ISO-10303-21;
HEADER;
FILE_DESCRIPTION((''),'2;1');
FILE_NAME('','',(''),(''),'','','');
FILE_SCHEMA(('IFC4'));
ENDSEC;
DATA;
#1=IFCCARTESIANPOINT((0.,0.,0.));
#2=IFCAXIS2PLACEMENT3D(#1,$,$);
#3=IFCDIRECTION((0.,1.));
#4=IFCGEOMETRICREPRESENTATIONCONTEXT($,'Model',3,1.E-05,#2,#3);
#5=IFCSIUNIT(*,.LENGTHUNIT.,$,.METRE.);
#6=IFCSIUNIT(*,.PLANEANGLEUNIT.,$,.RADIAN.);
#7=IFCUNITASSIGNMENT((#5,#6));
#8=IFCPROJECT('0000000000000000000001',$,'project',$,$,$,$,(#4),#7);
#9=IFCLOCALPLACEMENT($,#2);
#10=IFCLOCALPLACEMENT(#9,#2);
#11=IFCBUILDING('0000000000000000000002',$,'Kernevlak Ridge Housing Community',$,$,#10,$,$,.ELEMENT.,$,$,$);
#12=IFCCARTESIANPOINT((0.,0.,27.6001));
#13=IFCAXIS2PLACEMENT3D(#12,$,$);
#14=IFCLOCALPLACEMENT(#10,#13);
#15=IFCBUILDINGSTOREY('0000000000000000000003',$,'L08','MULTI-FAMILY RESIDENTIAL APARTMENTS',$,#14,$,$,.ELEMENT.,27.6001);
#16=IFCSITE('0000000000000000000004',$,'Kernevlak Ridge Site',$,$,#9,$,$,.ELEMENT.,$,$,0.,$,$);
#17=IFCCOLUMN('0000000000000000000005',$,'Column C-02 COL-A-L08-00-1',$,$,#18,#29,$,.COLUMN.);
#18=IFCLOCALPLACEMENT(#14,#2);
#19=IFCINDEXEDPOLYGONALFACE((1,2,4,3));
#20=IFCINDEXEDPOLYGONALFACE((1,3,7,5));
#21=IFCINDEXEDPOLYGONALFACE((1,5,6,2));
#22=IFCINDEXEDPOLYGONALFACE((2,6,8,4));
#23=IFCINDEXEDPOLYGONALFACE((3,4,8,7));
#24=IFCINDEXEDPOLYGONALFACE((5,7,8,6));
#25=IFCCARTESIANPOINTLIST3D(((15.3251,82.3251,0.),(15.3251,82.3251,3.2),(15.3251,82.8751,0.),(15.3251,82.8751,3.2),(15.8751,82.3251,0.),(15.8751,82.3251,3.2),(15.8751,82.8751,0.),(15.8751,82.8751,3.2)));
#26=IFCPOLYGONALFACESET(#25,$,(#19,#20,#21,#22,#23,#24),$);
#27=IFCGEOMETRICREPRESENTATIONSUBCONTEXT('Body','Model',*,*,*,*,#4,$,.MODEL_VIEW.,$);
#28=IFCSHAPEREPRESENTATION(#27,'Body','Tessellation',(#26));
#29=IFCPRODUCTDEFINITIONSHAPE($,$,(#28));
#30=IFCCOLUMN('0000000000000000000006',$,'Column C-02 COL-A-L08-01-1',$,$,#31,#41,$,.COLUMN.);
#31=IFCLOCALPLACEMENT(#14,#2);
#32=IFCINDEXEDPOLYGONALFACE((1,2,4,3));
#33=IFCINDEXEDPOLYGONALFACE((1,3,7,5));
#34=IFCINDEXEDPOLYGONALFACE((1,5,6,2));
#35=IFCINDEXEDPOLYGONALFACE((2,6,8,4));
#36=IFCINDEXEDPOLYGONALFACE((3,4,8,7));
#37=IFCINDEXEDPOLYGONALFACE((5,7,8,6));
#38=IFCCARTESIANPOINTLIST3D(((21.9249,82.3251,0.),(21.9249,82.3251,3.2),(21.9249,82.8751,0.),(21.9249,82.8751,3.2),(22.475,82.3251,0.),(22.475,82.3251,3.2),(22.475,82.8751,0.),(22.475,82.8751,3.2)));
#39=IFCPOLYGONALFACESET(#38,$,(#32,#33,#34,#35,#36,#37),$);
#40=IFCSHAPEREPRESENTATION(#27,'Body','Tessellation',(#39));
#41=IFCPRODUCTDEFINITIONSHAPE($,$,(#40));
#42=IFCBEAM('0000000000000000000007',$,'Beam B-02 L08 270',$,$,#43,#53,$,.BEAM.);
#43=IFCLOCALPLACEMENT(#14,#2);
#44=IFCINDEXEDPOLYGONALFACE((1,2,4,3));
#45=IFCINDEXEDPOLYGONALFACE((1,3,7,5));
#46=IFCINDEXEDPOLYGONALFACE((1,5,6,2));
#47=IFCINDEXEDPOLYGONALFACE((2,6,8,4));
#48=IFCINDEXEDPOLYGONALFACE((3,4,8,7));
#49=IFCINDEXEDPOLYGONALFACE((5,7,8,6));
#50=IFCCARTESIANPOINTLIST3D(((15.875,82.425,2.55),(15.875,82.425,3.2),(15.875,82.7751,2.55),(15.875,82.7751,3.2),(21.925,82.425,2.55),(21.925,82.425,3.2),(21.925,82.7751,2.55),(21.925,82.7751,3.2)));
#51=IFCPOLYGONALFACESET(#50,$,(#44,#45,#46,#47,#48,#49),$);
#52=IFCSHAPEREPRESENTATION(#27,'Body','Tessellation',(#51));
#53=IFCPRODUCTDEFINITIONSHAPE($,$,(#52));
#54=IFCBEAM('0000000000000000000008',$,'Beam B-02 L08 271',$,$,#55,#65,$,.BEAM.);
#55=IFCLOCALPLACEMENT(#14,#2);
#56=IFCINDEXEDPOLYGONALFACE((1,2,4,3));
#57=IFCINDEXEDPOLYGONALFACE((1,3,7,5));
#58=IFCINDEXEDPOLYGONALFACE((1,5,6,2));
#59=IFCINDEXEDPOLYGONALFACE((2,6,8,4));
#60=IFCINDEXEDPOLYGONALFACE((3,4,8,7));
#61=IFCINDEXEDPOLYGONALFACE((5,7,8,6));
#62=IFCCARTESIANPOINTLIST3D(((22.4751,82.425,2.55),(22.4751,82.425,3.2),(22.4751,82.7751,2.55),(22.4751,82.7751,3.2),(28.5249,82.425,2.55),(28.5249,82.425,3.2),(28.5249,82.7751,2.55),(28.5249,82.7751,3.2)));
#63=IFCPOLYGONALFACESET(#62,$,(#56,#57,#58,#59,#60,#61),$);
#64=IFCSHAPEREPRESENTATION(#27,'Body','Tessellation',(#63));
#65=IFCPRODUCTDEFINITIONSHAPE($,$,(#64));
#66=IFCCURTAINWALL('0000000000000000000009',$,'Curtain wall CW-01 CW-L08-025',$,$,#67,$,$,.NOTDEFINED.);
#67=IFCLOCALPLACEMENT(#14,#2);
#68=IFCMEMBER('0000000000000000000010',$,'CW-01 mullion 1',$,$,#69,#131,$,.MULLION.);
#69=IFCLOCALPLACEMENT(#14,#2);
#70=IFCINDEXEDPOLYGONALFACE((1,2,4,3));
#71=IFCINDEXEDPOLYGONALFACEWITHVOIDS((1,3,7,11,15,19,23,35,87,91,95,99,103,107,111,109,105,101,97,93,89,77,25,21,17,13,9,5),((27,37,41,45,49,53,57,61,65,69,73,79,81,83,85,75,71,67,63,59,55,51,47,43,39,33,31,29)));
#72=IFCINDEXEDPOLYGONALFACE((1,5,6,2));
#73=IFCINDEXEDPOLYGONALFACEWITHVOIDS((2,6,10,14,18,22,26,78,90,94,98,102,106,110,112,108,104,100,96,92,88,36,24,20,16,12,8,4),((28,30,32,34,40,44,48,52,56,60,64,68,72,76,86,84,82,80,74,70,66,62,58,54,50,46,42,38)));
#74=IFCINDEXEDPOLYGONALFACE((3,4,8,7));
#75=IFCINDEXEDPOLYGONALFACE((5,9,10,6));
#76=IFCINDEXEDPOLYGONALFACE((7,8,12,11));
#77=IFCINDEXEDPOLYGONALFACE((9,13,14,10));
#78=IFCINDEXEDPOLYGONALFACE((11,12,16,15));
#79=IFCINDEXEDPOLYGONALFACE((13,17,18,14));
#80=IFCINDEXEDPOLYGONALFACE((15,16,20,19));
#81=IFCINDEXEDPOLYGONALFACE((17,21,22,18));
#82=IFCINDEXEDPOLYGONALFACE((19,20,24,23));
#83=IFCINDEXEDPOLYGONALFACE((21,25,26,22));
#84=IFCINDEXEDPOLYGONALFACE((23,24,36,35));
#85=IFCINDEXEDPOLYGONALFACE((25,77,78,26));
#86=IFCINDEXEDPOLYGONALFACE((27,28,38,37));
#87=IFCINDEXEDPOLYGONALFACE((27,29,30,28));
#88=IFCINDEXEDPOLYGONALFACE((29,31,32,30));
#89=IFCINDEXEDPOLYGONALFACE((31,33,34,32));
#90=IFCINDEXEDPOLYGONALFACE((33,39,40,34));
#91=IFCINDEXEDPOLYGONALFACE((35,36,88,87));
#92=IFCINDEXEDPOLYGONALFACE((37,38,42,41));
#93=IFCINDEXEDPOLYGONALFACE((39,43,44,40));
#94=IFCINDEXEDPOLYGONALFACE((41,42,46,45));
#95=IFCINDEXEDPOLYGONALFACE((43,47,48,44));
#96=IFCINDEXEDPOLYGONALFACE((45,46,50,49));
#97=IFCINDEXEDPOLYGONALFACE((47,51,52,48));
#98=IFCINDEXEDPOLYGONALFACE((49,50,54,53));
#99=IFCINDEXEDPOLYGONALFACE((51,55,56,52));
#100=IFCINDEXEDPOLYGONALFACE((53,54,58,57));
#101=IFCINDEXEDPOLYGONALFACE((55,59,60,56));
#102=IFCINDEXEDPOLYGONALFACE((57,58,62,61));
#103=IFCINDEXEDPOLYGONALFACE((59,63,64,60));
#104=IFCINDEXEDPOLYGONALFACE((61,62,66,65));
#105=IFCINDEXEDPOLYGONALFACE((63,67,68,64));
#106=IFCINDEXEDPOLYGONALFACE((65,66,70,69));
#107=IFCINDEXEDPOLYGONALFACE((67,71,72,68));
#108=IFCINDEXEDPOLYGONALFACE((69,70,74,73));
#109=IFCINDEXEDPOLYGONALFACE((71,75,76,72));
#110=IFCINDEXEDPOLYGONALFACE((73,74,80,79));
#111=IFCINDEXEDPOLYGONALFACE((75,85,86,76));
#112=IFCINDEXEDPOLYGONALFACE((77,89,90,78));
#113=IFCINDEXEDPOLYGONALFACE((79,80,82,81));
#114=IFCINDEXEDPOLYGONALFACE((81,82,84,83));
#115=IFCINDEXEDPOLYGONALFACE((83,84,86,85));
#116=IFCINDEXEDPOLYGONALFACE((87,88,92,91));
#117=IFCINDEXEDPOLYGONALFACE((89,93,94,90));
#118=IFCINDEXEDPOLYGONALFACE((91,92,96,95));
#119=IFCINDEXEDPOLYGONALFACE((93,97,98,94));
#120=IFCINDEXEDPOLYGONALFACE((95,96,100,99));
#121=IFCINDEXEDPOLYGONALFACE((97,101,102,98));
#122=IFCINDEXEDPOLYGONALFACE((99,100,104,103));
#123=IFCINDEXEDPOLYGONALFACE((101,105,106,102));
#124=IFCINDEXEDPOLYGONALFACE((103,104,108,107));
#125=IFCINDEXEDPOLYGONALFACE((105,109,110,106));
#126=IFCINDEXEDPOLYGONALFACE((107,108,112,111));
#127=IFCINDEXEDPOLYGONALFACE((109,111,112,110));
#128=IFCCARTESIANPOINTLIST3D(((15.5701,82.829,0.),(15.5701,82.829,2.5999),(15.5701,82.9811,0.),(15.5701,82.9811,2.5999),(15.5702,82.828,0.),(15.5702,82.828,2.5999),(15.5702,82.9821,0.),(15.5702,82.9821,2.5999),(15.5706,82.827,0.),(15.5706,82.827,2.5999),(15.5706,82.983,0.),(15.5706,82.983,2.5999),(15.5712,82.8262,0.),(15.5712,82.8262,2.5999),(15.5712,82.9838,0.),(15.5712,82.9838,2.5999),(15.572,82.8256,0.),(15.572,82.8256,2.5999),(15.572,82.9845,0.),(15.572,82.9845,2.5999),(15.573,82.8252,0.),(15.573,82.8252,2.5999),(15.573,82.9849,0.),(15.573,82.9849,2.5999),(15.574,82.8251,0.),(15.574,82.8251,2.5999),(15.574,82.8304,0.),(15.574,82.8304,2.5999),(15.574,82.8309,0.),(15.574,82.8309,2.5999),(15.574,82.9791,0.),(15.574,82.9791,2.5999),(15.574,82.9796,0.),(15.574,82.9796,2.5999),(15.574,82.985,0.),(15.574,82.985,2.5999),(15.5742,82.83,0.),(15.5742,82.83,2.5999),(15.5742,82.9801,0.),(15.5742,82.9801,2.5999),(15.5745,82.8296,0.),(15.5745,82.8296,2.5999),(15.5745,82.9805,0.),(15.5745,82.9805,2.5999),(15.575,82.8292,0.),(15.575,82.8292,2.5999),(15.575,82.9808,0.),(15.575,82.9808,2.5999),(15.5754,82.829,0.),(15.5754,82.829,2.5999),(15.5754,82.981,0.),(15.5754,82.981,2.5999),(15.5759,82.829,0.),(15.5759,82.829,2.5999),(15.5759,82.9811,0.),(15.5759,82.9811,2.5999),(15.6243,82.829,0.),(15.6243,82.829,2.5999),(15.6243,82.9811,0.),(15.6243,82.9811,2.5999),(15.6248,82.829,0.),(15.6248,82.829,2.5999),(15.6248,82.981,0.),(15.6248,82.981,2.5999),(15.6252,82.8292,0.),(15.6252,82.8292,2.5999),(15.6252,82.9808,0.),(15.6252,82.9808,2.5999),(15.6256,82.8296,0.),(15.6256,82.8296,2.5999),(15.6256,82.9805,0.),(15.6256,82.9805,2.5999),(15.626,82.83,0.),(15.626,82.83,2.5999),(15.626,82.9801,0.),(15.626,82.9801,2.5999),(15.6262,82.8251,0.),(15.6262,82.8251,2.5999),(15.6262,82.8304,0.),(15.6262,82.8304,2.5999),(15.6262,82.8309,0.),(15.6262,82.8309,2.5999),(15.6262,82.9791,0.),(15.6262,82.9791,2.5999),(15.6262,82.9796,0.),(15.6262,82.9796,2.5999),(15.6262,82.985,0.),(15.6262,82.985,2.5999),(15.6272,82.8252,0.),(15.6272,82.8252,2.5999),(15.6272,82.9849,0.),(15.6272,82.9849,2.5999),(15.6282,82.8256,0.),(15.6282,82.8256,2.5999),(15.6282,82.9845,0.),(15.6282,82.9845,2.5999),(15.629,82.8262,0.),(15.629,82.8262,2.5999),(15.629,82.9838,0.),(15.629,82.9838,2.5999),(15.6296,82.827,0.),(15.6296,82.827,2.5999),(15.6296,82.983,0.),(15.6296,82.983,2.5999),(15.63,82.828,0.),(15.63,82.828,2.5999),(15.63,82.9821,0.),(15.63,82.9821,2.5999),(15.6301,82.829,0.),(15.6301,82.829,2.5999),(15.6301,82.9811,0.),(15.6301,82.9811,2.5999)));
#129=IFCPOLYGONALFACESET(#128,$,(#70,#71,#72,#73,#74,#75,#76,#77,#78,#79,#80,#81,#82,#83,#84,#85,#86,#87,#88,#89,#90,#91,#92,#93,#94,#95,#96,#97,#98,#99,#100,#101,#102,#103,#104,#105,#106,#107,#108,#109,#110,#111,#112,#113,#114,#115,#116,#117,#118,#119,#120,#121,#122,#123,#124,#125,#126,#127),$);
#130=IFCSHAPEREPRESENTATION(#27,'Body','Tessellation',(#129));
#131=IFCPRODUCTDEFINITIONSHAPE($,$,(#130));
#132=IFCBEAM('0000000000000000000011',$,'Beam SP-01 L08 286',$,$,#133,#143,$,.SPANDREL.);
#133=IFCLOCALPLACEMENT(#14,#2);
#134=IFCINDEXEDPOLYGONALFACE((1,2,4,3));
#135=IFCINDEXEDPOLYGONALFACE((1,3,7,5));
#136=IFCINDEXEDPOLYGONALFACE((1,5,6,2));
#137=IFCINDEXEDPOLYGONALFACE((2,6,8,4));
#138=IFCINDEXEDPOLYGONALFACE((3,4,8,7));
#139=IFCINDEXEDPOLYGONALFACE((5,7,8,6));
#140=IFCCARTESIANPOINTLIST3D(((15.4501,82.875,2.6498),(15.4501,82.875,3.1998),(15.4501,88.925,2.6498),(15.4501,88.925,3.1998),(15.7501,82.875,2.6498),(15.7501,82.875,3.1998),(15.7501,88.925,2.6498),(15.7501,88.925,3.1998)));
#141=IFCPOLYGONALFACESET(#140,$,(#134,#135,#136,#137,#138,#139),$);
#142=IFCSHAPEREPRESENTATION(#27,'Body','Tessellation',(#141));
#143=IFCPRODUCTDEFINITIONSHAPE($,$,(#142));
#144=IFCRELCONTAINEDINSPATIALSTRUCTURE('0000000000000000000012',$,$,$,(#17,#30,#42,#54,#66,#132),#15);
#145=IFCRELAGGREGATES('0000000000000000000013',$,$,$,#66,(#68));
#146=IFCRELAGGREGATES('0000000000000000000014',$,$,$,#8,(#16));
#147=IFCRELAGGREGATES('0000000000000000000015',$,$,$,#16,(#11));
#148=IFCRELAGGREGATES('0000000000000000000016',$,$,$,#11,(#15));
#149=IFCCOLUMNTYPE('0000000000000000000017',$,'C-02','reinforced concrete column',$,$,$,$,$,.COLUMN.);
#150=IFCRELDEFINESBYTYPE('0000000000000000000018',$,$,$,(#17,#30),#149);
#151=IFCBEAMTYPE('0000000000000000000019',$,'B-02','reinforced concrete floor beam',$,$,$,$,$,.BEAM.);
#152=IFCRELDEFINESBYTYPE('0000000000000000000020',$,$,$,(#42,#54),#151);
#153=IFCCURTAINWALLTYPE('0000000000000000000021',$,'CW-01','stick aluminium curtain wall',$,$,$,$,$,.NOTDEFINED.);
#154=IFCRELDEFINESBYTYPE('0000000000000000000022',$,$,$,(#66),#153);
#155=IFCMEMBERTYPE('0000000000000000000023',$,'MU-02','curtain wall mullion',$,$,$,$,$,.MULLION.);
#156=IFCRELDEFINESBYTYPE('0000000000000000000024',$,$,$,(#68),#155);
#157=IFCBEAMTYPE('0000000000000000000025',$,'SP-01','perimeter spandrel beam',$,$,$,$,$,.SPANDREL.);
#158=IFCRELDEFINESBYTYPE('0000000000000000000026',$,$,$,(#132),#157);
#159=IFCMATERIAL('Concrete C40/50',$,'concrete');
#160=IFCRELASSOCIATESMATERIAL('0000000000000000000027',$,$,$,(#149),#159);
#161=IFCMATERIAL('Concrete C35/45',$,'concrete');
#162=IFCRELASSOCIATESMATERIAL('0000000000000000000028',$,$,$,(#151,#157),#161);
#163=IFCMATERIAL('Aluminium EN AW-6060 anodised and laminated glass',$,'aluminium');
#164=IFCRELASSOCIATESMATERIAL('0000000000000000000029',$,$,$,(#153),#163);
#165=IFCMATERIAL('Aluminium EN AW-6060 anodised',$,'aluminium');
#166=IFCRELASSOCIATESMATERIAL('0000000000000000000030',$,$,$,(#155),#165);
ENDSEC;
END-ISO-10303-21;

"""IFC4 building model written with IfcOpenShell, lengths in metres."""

from ifc_helpers import new_model, si_unit, direction, frame, origin, origin_2d, place, context, subcontext, project, spatial, rectangle, hollow_rectangle, extrude, material, material_profile, profile_set, type_object, element, aggregate, save


model = new_model("IFC4")

# Units and contexts
model_context = context("Model", 3, precision=1e-05, world=origin(), true_north=direction((0.0, 1.0)))
body_context = subcontext(model_context, "Body", "Model", "MODEL_VIEW")
ifc_project = project(units=[si_unit("LENGTHUNIT", "METRE"), si_unit("PLANEANGLEUNIT", "RADIAN")], contexts=[model_context])

# Site, building, storey
site_placement = place(None, origin())
site = spatial("IfcSite", under=ifc_project, at=site_placement, Name="Kernevlak Ridge Site", CompositionType="ELEMENT", RefElevation=0.0)
building_placement = place(site_placement, origin())
building = spatial("IfcBuilding", under=site, at=building_placement, Name="Kernevlak Ridge Housing Community", CompositionType="ELEMENT")
storey_placement = place(building_placement, frame((0.0, 0.0, 27.6001)))
storey = spatial("IfcBuildingStorey", under=building, at=storey_placement, Name="L08", Description="MULTI-FAMILY RESIDENTIAL APARTMENTS", CompositionType="ELEMENT", Elevation=27.6001)

# Columns
ifc_material_1 = material(Name="Concrete C40/50", Category="concrete")
ifc_material_profile_1 = material_profile(ifc_material_1, rectangle(XDim=0.55, YDim=0.55, at=origin_2d()), Name="RC 550x550")
ifc_profile_set_1 = profile_set([ifc_material_profile_1], Name="Concrete C40/50")
column_type = type_object("IfcColumnType", Name="C-02", Description="reinforced concrete column", PredefinedType="COLUMN", material=ifc_profile_set_1)
for number, where, z_axis, x_axis, name in (
    (1, (15.6001, 82.6001, 0.0), (0.0, 0.0, 1.0), (1.0, 0.0, 0.0), "Column C-02 COL-A-L08-00-1"),
    (2, (22.2, 82.6001, 0.0), (0.0, 0.0, 1.0), (1.0, 0.0, 0.0), "Column C-02 COL-A-L08-01-1"),
):
    element("IfcColumn", number, at=place(storey_placement, frame(where, z_axis=z_axis, x_axis=x_axis)), inside=storey, type_object=column_type, Name=name, PredefinedType="COLUMN", context=body_context, shape_type="SweptSolid", body=[
        extrude(rectangle(XDim=0.55, YDim=0.55, at=origin_2d()), origin(), (0.0, 0.0, 1.0), 3.2),
    ])

# Beams
ifc_material_2 = material(Name="Concrete C35/45", Category="concrete")
ifc_material_profile_2 = material_profile(ifc_material_2, rectangle(XDim=0.3501, YDim=0.6499, at=origin_2d()), Name="RC 350x650")
ifc_profile_set_2 = profile_set([ifc_material_profile_2], Name="Concrete C35/45")
beam_type_1 = type_object("IfcBeamType", Name="B-02", Description="reinforced concrete floor beam", PredefinedType="BEAM", material=ifc_profile_set_2)
beam_1_placement = place(storey_placement, frame((15.875, 82.6001, 2.875), z_axis=(1.0, 0.0, 0.0), x_axis=(0.0, 1.0, 0.0)))
element("IfcBeam", 3, at=beam_1_placement, inside=storey, type_object=beam_type_1, Name="Beam B-02 L08 270", PredefinedType="BEAM", context=body_context, shape_type="SweptSolid", body=[
    extrude(rectangle(XDim=0.3501, YDim=0.6499, at=origin_2d()), origin(), (0.0, 0.0, 1.0), 6.05),
])
beam_2_placement = place(storey_placement, frame((22.4751, 82.6001, 2.875), z_axis=(1.0, 0.0, 0.0), x_axis=(0.0, 1.0, 0.0)))
element("IfcBeam", 4, at=beam_2_placement, inside=storey, type_object=beam_type_1, Name="Beam B-02 L08 271", PredefinedType="BEAM", context=body_context, shape_type="SweptSolid", body=[
    extrude(rectangle(XDim=0.3501, YDim=0.6499, at=origin_2d()), origin(), (0.0, 0.0, 1.0), 6.0498),
])

# Curtain wall, member
ifc_material_3 = material(Name="Aluminium EN AW-6060 anodised and laminated glass", Category="aluminium")
curtain_wall_type = type_object("IfcCurtainWallType", Name="CW-01", Description="stick aluminium curtain wall", PredefinedType="NOTDEFINED", material=ifc_material_3)
curtain_wall_placement = place(storey_placement, origin())
curtain_wall = element("IfcCurtainWall", 5, at=curtain_wall_placement, inside=storey, type_object=curtain_wall_type, Name="Curtain wall CW-01 CW-L08-025", PredefinedType="NOTDEFINED")
ifc_material_4 = material(Name="Aluminium EN AW-6060 anodised", Category="aluminium")
ifc_material_profile_3 = material_profile(ifc_material_4, hollow_rectangle(XDim=0.0601, YDim=0.1599, WallThickness=0.0039, InnerFilletRadius=0.002, OuterFilletRadius=0.0039, at=origin_2d()), Name="ALU 60x160x4")
ifc_profile_set_3 = profile_set([ifc_material_profile_3], Name="Aluminium EN AW-6060 anodised")
member_type_1 = type_object("IfcMemberType", Name="MU-02", Description="curtain wall mullion", PredefinedType="MULLION", material=ifc_profile_set_3)
member_1_placement = place(storey_placement, frame((15.6001, 82.905, 0.0), z_axis=(0.0, 0.0, 1.0), x_axis=(-1.0, 0.0, 0.0)))
member_1 = element("IfcMember", 6, at=member_1_placement, type_object=member_type_1, Name="CW-01 mullion 1", PredefinedType="MULLION", context=body_context, shape_type="SweptSolid", body=[
    extrude(hollow_rectangle(XDim=0.0601, YDim=0.1599, WallThickness=0.0039, InnerFilletRadius=0.002, OuterFilletRadius=0.0039, at=origin_2d()), origin(), (0.0, 0.0, 1.0), 2.5999),
])

# Beam
ifc_material_profile_4 = material_profile(ifc_material_2, rectangle(XDim=0.3, YDim=0.55, at=origin_2d()), Name="RC 300x550")
ifc_profile_set_4 = profile_set([ifc_material_profile_4], Name="Concrete C35/45")
beam_type_2 = type_object("IfcBeamType", Name="SP-01", Description="perimeter spandrel beam", PredefinedType="SPANDREL", material=ifc_profile_set_4)
beam_3_placement = place(storey_placement, frame((15.6001, 82.875, 2.9248), z_axis=(0.0, 1.0, 0.0), x_axis=(-1.0, 0.0, 0.0)))
element("IfcBeam", 7, at=beam_3_placement, inside=storey, type_object=beam_type_2, Name="Beam SP-01 L08 286", PredefinedType="SPANDREL", context=body_context, shape_type="SweptSolid", body=[
    extrude(rectangle(XDim=0.3, YDim=0.55, at=origin_2d()), origin(), (0.0, 0.0, 1.0), 6.05),
])

aggregate(curtain_wall, [member_1])

save(model, "model.ifc")
